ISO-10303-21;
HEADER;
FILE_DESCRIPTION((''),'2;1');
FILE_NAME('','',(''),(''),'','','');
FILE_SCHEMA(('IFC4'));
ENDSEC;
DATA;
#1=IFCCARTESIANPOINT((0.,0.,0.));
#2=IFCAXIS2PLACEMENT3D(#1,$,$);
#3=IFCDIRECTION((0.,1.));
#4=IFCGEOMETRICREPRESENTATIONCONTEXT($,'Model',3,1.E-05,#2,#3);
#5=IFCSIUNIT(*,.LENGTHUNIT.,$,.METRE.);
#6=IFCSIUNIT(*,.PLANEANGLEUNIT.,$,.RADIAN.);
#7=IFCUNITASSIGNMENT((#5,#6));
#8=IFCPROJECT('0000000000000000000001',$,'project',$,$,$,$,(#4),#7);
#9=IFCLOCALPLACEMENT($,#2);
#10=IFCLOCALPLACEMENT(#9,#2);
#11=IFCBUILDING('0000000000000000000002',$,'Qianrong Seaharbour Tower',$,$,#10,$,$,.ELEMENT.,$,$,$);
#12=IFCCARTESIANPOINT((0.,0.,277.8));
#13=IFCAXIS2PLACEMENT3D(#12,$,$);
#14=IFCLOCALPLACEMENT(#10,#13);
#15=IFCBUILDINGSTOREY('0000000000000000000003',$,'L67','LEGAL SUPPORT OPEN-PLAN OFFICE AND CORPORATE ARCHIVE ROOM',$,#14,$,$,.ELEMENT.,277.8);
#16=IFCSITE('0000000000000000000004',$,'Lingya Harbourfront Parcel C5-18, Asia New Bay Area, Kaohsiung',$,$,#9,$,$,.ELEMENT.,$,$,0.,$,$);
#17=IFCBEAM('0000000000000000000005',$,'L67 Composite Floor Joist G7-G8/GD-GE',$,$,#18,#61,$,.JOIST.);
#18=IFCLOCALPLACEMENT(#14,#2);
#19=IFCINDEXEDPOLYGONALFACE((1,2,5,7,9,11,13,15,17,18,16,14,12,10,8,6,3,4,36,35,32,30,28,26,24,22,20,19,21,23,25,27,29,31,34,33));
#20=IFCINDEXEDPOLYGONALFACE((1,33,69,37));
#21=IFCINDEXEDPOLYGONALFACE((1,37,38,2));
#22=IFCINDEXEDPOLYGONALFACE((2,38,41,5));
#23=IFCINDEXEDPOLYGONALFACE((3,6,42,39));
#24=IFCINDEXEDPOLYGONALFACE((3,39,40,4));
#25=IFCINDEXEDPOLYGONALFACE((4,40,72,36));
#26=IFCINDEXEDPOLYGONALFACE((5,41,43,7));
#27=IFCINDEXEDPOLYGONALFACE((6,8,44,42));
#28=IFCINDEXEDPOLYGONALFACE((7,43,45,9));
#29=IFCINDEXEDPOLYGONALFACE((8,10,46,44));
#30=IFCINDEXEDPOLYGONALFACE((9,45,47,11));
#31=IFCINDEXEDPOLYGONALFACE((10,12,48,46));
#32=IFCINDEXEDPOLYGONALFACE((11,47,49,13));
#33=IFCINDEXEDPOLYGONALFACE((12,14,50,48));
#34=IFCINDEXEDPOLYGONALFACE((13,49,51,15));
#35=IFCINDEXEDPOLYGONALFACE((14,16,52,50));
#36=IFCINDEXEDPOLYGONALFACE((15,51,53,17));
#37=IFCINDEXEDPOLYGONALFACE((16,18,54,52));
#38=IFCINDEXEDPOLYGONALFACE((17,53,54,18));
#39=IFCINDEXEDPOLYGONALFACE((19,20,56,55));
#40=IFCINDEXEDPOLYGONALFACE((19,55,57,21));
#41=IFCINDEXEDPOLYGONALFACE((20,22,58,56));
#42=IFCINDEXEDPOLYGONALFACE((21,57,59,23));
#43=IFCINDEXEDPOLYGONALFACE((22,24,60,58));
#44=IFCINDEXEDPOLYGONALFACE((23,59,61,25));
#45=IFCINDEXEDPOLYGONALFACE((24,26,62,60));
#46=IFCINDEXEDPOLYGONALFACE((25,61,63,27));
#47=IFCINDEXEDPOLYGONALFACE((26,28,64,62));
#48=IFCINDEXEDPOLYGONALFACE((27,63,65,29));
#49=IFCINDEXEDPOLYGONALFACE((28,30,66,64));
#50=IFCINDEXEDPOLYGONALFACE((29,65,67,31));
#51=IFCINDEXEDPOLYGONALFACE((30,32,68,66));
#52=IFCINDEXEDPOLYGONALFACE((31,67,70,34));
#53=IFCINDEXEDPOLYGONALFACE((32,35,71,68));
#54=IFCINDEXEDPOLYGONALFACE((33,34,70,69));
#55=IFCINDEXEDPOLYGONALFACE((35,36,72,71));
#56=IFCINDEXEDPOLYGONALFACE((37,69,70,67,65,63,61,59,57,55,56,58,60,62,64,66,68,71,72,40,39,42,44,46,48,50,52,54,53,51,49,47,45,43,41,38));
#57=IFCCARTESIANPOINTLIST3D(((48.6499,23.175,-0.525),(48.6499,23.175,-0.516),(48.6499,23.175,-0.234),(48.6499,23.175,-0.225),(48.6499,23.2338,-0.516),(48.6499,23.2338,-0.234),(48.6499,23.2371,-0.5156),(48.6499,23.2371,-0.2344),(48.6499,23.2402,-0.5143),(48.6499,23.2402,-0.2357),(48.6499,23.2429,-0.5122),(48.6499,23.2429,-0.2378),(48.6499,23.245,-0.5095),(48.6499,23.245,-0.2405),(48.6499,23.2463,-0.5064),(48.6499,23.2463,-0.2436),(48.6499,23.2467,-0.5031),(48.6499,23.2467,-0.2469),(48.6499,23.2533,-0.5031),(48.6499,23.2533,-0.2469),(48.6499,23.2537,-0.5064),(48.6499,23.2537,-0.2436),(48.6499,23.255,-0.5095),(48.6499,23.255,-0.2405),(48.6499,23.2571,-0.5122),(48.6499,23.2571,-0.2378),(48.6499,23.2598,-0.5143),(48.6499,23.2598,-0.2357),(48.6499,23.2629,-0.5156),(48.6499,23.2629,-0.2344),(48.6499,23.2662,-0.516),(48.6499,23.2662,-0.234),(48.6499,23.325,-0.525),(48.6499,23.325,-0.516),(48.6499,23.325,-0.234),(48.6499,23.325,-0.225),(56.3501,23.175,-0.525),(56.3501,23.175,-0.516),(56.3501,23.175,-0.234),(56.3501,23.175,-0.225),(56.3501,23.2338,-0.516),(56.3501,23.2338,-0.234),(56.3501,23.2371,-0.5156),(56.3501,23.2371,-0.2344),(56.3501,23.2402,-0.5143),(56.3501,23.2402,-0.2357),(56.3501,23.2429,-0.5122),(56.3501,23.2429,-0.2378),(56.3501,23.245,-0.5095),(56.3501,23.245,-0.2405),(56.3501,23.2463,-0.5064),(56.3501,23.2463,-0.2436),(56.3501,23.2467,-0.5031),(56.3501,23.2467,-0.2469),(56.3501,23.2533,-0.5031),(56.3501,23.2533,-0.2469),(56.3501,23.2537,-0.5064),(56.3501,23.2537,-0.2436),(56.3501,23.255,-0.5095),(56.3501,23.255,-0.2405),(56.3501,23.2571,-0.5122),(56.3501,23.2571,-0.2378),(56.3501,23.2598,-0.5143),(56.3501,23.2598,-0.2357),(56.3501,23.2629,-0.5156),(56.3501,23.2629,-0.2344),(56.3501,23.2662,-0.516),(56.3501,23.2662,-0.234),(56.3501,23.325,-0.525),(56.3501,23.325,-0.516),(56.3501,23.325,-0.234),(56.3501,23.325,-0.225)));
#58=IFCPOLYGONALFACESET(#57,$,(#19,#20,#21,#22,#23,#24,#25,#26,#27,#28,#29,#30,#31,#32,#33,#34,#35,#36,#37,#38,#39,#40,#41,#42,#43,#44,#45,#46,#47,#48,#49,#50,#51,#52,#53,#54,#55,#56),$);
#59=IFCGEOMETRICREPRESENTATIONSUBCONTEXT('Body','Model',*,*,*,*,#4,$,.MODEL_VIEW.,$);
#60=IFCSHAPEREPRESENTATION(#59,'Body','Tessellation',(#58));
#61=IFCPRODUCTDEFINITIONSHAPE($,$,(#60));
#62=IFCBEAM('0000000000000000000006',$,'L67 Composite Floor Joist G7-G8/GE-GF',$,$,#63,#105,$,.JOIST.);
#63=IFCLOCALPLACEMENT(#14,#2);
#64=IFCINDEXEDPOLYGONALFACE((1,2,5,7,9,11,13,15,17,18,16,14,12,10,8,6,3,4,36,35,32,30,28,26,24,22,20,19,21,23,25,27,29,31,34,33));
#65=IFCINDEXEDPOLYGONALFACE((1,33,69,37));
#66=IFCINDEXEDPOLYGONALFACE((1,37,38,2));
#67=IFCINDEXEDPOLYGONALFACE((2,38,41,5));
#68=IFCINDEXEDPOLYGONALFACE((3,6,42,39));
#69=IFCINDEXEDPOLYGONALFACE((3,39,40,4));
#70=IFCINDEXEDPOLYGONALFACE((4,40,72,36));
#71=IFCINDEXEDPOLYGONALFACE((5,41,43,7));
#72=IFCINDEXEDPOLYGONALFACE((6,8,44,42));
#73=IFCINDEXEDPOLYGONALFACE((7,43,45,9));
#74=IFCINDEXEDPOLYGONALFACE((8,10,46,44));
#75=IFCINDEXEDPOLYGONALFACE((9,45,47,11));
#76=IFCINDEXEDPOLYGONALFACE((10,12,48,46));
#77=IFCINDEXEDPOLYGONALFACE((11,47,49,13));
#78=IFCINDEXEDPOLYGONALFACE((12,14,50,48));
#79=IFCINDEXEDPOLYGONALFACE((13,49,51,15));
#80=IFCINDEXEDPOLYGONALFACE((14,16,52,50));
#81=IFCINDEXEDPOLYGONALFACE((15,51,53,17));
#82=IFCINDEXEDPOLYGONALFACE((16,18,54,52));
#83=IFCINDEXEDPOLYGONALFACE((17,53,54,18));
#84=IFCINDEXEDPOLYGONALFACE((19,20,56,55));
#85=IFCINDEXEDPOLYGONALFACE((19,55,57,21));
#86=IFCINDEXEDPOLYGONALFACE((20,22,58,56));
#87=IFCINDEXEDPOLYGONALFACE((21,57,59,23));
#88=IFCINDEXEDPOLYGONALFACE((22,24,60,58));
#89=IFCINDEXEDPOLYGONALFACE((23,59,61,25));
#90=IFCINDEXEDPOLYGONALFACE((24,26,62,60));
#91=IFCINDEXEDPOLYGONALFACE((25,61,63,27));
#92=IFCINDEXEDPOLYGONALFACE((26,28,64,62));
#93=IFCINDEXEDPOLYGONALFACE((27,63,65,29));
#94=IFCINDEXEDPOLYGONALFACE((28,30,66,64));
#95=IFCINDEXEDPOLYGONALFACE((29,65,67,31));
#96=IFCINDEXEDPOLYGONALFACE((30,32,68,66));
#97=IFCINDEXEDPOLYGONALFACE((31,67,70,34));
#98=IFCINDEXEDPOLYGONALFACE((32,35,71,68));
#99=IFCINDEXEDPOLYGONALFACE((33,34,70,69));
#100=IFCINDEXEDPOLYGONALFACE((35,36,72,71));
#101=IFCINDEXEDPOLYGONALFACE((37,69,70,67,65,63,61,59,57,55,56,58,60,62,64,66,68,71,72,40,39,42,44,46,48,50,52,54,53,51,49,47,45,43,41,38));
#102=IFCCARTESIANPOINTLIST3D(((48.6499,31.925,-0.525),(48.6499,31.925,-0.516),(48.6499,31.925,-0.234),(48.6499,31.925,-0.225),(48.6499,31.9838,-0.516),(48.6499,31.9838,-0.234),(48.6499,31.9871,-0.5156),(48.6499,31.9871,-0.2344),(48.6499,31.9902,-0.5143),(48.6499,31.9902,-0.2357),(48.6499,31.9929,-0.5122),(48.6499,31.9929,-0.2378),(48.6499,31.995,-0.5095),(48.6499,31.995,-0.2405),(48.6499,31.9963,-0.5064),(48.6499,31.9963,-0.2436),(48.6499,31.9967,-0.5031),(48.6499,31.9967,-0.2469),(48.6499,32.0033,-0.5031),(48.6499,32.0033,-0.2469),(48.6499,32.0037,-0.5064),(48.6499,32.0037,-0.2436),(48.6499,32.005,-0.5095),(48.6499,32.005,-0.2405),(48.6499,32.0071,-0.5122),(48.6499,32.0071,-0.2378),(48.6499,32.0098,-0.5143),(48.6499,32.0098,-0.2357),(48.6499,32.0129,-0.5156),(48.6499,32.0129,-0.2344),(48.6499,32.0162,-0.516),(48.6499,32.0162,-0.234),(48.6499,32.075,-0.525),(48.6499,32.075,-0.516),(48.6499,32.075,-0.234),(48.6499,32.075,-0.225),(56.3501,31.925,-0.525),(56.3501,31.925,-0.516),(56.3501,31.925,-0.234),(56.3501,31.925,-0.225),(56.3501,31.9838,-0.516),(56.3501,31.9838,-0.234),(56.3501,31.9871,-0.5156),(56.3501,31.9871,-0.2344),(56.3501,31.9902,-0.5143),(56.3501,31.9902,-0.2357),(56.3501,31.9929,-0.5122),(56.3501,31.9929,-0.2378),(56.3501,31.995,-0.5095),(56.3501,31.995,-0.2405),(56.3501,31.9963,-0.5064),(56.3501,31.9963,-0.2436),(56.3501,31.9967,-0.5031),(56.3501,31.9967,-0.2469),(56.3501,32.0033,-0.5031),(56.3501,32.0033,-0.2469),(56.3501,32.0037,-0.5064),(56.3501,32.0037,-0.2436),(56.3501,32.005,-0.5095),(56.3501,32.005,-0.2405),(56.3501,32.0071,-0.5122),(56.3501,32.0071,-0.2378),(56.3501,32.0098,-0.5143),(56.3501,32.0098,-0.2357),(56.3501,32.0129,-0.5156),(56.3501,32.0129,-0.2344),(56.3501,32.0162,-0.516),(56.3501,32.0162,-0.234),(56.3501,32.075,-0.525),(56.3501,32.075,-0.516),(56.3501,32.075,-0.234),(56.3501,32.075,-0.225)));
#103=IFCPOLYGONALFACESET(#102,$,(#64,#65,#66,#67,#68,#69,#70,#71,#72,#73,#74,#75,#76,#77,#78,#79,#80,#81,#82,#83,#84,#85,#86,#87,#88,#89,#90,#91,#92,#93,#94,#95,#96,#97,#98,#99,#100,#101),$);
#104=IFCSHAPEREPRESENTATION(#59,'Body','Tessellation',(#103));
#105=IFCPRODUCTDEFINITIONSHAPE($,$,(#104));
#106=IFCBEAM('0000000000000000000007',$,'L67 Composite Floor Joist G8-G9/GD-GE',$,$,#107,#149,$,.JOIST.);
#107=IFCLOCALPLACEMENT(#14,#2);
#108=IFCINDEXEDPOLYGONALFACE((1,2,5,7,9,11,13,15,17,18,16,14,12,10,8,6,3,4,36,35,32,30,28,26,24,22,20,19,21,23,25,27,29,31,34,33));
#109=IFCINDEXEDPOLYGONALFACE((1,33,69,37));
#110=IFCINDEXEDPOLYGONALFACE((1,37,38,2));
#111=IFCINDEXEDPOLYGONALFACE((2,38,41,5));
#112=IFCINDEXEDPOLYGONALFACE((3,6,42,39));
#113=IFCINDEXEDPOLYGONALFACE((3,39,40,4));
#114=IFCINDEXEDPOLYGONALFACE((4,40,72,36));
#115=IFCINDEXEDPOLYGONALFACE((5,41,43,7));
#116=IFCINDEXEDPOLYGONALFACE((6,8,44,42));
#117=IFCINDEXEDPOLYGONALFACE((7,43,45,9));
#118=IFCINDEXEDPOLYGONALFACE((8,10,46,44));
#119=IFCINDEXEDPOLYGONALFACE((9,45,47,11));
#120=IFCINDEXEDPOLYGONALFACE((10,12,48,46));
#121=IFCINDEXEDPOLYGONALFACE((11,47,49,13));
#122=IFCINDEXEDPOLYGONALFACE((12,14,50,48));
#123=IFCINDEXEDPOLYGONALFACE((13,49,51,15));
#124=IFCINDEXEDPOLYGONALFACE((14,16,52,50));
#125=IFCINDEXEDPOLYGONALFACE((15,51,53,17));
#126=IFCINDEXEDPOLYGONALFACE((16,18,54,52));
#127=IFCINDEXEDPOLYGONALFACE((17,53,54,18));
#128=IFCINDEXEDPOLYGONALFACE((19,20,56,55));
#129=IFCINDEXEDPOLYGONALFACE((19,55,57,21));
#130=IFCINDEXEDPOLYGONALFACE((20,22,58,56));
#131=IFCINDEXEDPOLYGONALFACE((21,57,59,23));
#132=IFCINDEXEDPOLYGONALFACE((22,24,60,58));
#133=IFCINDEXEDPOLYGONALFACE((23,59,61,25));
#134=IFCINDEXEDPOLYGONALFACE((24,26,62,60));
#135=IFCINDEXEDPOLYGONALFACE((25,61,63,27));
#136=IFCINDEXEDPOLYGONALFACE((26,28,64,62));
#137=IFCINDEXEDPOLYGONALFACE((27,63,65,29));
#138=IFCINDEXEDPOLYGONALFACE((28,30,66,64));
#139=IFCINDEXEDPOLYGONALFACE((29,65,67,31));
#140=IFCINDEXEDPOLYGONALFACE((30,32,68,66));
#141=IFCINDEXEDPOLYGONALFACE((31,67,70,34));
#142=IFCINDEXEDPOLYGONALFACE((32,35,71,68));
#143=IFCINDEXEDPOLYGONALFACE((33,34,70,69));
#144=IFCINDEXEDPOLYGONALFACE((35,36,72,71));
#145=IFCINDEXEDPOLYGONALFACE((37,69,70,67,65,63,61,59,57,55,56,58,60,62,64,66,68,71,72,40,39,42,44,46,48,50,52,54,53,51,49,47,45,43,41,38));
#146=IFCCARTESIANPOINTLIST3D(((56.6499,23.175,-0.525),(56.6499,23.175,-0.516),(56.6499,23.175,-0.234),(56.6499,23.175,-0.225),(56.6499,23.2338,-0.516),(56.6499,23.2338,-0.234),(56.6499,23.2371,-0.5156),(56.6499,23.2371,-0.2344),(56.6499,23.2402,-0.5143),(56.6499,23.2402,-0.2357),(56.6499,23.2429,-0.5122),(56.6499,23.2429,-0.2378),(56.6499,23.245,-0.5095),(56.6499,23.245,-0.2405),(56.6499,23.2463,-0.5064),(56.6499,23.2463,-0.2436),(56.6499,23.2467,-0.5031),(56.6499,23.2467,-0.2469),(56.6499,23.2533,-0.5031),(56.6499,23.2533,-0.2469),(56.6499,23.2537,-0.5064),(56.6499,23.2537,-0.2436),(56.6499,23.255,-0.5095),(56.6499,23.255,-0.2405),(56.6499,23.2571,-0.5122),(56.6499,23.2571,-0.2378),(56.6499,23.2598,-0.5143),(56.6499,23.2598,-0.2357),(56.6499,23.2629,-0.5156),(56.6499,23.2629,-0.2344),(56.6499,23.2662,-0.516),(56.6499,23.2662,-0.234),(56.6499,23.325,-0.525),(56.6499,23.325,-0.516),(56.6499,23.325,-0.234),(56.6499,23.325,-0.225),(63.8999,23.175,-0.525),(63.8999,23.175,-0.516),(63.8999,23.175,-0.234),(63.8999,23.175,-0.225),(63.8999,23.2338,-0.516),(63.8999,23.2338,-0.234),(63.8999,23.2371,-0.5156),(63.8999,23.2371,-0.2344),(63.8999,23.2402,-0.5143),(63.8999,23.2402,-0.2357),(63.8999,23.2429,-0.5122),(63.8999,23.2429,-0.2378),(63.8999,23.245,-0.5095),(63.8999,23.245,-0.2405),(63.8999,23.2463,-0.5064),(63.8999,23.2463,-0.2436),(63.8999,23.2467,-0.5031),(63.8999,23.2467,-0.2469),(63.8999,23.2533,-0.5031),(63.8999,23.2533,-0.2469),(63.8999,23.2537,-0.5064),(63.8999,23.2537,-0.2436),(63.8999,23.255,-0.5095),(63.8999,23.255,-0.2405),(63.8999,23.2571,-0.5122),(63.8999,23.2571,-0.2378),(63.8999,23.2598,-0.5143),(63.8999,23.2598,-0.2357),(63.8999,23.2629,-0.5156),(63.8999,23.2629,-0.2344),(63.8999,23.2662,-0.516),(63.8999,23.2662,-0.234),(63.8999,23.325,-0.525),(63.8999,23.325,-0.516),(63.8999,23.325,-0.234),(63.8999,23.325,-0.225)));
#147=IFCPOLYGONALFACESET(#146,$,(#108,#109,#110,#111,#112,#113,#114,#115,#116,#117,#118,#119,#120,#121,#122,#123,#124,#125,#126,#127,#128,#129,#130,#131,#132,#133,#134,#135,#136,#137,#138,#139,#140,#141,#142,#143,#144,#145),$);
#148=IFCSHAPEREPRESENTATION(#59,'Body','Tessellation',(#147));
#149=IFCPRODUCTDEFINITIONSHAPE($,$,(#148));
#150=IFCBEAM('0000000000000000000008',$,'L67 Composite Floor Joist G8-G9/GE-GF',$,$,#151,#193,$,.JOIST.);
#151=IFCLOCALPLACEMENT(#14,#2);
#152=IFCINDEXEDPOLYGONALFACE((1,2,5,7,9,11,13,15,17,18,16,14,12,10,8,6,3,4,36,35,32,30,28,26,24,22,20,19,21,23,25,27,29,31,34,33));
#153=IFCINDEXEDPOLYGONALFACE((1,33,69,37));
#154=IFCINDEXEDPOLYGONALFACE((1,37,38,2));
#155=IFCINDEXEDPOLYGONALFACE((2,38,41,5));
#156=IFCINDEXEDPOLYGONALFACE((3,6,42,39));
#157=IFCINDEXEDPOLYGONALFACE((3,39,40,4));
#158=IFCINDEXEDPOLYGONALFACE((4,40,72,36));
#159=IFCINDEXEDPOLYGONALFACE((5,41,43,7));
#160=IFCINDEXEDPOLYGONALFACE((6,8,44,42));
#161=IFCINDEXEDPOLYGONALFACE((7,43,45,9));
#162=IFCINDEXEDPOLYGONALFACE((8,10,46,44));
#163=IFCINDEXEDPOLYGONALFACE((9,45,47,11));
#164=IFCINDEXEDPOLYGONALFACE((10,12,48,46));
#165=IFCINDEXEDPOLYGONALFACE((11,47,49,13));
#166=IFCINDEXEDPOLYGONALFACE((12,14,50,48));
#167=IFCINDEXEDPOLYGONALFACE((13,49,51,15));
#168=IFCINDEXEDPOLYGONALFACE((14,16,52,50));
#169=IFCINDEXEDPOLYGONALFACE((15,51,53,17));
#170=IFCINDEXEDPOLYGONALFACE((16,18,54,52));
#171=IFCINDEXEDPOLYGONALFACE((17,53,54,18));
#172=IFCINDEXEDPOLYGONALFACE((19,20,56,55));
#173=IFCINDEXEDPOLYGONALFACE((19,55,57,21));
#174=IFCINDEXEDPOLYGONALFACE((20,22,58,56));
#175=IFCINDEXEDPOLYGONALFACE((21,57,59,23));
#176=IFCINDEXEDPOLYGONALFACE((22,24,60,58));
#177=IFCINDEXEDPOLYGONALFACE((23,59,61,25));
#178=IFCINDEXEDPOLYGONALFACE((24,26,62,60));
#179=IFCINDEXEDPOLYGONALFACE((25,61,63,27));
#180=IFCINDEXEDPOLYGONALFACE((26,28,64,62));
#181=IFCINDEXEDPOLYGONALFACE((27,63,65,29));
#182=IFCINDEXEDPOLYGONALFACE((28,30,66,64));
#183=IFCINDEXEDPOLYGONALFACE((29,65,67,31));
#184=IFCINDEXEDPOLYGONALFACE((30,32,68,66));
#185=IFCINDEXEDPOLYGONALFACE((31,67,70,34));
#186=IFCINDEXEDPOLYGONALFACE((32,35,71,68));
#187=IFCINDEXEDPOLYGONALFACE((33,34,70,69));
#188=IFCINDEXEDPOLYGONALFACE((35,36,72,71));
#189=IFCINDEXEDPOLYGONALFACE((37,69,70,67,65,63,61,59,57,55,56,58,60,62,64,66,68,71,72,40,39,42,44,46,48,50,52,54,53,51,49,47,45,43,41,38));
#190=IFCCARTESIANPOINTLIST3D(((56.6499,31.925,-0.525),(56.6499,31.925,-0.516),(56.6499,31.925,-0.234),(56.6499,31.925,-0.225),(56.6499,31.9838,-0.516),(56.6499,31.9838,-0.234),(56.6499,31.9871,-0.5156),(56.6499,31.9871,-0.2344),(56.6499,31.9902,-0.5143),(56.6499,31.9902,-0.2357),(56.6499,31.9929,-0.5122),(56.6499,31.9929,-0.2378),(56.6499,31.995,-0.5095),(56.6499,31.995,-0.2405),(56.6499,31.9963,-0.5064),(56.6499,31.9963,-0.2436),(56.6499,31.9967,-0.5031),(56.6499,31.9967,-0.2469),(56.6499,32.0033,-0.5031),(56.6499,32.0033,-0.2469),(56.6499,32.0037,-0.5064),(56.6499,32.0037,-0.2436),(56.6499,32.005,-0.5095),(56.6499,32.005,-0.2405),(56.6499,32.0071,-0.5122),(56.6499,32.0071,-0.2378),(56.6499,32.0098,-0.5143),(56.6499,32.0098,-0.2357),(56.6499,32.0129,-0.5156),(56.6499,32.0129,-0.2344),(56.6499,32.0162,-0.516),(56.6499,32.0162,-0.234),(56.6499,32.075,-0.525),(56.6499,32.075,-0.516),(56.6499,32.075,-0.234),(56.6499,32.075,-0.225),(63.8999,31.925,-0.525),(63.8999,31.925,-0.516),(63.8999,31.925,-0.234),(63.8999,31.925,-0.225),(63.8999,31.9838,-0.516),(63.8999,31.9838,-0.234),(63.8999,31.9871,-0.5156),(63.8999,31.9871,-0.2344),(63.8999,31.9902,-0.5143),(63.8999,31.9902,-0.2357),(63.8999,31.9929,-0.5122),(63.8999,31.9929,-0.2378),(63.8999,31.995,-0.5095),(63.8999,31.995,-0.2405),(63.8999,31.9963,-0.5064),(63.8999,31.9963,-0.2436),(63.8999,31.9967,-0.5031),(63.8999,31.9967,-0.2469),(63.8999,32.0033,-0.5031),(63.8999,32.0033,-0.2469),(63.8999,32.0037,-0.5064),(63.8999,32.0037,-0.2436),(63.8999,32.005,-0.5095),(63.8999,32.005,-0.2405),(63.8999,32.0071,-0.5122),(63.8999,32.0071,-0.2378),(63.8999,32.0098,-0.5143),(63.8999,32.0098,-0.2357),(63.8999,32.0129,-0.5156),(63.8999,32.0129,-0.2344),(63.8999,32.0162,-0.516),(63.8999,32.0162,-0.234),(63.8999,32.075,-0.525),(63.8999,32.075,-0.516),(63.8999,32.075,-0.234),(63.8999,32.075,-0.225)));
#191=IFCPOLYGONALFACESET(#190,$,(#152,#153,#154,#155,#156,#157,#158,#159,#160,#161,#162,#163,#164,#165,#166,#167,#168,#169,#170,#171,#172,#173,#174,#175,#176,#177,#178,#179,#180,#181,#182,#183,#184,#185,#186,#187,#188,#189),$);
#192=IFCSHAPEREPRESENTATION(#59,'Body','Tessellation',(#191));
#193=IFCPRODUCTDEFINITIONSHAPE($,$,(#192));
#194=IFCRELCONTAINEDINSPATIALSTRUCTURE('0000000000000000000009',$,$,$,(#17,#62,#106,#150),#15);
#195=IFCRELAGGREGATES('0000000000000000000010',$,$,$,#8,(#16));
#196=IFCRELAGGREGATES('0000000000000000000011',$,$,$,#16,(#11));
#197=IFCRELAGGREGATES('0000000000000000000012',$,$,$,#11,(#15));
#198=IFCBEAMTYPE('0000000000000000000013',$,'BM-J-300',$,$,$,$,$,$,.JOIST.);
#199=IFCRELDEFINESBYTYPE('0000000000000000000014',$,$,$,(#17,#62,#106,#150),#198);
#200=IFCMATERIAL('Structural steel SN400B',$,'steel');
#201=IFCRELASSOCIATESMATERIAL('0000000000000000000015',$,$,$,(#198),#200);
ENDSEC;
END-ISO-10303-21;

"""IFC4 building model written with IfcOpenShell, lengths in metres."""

from ifc_helpers import new_model, si_unit, direction, frame, origin, origin_2d, place, context, subcontext, project, spatial, i_section, extrude, material, material_profile, profile_set, type_object, element, save


model = new_model("IFC4")

# Units and contexts
model_context = context("Model", 3, precision=1e-05, world=origin(), true_north=direction((0.0, 1.0)))
body_context = subcontext(model_context, "Body", "Model", "MODEL_VIEW")
ifc_project = project(units=[si_unit("LENGTHUNIT", "METRE"), si_unit("PLANEANGLEUNIT", "RADIAN")], contexts=[model_context])

# Site, building, storey
site_placement = place(None, origin())
site = spatial("IfcSite", under=ifc_project, at=site_placement, Name="Lingya Harbourfront Parcel C5-18, Asia New Bay Area, Kaohsiung", CompositionType="ELEMENT", RefElevation=0.0)
building_placement = place(site_placement, origin())
building = spatial("IfcBuilding", under=site, at=building_placement, Name="Qianrong Seaharbour Tower", CompositionType="ELEMENT")
storey_placement = place(building_placement, frame((0.0, 0.0, 277.8)))
storey = spatial("IfcBuildingStorey", under=building, at=storey_placement, Name="L67", Description="LEGAL SUPPORT OPEN-PLAN OFFICE AND CORPORATE ARCHIVE ROOM", CompositionType="ELEMENT", Elevation=277.8)

# Beams
ifc_material_1 = material(Name="Structural steel SN400B", Category="steel")
ifc_material_profile_1 = material_profile(ifc_material_1, i_section(OverallWidth=0.1499, OverallDepth=0.3, WebThickness=0.0066, FlangeThickness=0.009, FilletRadius=0.0129, at=origin_2d()), Name="H300x150x6.5x9")
ifc_profile_set_1 = profile_set([ifc_material_profile_1], Name="Structural steel SN400B")
beam_type_1 = type_object("IfcBeamType", Name="BM-J-300", PredefinedType="JOIST", material=ifc_profile_set_1)
for number, where, z_axis, x_axis, name in (
    (1, (48.6499, 23.25, -0.375), (1.0, 0.0, 0.0), (0.0, 1.0, 0.0), "L67 Composite Floor Joist G7-G8/GD-GE"),
    (2, (48.6499, 32.0, -0.375), (1.0, 0.0, 0.0), (0.0, 1.0, 0.0), "L67 Composite Floor Joist G7-G8/GE-GF"),
):
    element("IfcBeam", number, at=place(storey_placement, frame(where, z_axis=z_axis, x_axis=x_axis)), inside=storey, type_object=beam_type_1, Name=name, PredefinedType="JOIST", context=body_context, shape_type="SweptSolid", body=[
        extrude(i_section(OverallWidth=0.1499, OverallDepth=0.3, WebThickness=0.0066, FlangeThickness=0.009, FilletRadius=0.0129, at=origin_2d()), origin(), (0.0, 0.0, 1.0), 7.7002),
    ])
for number, where, z_axis, x_axis, name in (
    (3, (56.6499, 23.25, -0.375), (1.0, 0.0, 0.0), (0.0, 1.0, 0.0), "L67 Composite Floor Joist G8-G9/GD-GE"),
    (4, (56.6499, 32.0, -0.375), (1.0, 0.0, 0.0), (0.0, 1.0, 0.0), "L67 Composite Floor Joist G8-G9/GE-GF"),
):
    element("IfcBeam", number, at=place(storey_placement, frame(where, z_axis=z_axis, x_axis=x_axis)), inside=storey, type_object=beam_type_1, Name=name, PredefinedType="JOIST", context=body_context, shape_type="SweptSolid", body=[
        extrude(i_section(OverallWidth=0.1499, OverallDepth=0.3, WebThickness=0.0066, FlangeThickness=0.009, FilletRadius=0.0129, at=origin_2d()), origin(), (0.0, 0.0, 1.0), 7.25),
    ])

save(model, "model.ifc")
